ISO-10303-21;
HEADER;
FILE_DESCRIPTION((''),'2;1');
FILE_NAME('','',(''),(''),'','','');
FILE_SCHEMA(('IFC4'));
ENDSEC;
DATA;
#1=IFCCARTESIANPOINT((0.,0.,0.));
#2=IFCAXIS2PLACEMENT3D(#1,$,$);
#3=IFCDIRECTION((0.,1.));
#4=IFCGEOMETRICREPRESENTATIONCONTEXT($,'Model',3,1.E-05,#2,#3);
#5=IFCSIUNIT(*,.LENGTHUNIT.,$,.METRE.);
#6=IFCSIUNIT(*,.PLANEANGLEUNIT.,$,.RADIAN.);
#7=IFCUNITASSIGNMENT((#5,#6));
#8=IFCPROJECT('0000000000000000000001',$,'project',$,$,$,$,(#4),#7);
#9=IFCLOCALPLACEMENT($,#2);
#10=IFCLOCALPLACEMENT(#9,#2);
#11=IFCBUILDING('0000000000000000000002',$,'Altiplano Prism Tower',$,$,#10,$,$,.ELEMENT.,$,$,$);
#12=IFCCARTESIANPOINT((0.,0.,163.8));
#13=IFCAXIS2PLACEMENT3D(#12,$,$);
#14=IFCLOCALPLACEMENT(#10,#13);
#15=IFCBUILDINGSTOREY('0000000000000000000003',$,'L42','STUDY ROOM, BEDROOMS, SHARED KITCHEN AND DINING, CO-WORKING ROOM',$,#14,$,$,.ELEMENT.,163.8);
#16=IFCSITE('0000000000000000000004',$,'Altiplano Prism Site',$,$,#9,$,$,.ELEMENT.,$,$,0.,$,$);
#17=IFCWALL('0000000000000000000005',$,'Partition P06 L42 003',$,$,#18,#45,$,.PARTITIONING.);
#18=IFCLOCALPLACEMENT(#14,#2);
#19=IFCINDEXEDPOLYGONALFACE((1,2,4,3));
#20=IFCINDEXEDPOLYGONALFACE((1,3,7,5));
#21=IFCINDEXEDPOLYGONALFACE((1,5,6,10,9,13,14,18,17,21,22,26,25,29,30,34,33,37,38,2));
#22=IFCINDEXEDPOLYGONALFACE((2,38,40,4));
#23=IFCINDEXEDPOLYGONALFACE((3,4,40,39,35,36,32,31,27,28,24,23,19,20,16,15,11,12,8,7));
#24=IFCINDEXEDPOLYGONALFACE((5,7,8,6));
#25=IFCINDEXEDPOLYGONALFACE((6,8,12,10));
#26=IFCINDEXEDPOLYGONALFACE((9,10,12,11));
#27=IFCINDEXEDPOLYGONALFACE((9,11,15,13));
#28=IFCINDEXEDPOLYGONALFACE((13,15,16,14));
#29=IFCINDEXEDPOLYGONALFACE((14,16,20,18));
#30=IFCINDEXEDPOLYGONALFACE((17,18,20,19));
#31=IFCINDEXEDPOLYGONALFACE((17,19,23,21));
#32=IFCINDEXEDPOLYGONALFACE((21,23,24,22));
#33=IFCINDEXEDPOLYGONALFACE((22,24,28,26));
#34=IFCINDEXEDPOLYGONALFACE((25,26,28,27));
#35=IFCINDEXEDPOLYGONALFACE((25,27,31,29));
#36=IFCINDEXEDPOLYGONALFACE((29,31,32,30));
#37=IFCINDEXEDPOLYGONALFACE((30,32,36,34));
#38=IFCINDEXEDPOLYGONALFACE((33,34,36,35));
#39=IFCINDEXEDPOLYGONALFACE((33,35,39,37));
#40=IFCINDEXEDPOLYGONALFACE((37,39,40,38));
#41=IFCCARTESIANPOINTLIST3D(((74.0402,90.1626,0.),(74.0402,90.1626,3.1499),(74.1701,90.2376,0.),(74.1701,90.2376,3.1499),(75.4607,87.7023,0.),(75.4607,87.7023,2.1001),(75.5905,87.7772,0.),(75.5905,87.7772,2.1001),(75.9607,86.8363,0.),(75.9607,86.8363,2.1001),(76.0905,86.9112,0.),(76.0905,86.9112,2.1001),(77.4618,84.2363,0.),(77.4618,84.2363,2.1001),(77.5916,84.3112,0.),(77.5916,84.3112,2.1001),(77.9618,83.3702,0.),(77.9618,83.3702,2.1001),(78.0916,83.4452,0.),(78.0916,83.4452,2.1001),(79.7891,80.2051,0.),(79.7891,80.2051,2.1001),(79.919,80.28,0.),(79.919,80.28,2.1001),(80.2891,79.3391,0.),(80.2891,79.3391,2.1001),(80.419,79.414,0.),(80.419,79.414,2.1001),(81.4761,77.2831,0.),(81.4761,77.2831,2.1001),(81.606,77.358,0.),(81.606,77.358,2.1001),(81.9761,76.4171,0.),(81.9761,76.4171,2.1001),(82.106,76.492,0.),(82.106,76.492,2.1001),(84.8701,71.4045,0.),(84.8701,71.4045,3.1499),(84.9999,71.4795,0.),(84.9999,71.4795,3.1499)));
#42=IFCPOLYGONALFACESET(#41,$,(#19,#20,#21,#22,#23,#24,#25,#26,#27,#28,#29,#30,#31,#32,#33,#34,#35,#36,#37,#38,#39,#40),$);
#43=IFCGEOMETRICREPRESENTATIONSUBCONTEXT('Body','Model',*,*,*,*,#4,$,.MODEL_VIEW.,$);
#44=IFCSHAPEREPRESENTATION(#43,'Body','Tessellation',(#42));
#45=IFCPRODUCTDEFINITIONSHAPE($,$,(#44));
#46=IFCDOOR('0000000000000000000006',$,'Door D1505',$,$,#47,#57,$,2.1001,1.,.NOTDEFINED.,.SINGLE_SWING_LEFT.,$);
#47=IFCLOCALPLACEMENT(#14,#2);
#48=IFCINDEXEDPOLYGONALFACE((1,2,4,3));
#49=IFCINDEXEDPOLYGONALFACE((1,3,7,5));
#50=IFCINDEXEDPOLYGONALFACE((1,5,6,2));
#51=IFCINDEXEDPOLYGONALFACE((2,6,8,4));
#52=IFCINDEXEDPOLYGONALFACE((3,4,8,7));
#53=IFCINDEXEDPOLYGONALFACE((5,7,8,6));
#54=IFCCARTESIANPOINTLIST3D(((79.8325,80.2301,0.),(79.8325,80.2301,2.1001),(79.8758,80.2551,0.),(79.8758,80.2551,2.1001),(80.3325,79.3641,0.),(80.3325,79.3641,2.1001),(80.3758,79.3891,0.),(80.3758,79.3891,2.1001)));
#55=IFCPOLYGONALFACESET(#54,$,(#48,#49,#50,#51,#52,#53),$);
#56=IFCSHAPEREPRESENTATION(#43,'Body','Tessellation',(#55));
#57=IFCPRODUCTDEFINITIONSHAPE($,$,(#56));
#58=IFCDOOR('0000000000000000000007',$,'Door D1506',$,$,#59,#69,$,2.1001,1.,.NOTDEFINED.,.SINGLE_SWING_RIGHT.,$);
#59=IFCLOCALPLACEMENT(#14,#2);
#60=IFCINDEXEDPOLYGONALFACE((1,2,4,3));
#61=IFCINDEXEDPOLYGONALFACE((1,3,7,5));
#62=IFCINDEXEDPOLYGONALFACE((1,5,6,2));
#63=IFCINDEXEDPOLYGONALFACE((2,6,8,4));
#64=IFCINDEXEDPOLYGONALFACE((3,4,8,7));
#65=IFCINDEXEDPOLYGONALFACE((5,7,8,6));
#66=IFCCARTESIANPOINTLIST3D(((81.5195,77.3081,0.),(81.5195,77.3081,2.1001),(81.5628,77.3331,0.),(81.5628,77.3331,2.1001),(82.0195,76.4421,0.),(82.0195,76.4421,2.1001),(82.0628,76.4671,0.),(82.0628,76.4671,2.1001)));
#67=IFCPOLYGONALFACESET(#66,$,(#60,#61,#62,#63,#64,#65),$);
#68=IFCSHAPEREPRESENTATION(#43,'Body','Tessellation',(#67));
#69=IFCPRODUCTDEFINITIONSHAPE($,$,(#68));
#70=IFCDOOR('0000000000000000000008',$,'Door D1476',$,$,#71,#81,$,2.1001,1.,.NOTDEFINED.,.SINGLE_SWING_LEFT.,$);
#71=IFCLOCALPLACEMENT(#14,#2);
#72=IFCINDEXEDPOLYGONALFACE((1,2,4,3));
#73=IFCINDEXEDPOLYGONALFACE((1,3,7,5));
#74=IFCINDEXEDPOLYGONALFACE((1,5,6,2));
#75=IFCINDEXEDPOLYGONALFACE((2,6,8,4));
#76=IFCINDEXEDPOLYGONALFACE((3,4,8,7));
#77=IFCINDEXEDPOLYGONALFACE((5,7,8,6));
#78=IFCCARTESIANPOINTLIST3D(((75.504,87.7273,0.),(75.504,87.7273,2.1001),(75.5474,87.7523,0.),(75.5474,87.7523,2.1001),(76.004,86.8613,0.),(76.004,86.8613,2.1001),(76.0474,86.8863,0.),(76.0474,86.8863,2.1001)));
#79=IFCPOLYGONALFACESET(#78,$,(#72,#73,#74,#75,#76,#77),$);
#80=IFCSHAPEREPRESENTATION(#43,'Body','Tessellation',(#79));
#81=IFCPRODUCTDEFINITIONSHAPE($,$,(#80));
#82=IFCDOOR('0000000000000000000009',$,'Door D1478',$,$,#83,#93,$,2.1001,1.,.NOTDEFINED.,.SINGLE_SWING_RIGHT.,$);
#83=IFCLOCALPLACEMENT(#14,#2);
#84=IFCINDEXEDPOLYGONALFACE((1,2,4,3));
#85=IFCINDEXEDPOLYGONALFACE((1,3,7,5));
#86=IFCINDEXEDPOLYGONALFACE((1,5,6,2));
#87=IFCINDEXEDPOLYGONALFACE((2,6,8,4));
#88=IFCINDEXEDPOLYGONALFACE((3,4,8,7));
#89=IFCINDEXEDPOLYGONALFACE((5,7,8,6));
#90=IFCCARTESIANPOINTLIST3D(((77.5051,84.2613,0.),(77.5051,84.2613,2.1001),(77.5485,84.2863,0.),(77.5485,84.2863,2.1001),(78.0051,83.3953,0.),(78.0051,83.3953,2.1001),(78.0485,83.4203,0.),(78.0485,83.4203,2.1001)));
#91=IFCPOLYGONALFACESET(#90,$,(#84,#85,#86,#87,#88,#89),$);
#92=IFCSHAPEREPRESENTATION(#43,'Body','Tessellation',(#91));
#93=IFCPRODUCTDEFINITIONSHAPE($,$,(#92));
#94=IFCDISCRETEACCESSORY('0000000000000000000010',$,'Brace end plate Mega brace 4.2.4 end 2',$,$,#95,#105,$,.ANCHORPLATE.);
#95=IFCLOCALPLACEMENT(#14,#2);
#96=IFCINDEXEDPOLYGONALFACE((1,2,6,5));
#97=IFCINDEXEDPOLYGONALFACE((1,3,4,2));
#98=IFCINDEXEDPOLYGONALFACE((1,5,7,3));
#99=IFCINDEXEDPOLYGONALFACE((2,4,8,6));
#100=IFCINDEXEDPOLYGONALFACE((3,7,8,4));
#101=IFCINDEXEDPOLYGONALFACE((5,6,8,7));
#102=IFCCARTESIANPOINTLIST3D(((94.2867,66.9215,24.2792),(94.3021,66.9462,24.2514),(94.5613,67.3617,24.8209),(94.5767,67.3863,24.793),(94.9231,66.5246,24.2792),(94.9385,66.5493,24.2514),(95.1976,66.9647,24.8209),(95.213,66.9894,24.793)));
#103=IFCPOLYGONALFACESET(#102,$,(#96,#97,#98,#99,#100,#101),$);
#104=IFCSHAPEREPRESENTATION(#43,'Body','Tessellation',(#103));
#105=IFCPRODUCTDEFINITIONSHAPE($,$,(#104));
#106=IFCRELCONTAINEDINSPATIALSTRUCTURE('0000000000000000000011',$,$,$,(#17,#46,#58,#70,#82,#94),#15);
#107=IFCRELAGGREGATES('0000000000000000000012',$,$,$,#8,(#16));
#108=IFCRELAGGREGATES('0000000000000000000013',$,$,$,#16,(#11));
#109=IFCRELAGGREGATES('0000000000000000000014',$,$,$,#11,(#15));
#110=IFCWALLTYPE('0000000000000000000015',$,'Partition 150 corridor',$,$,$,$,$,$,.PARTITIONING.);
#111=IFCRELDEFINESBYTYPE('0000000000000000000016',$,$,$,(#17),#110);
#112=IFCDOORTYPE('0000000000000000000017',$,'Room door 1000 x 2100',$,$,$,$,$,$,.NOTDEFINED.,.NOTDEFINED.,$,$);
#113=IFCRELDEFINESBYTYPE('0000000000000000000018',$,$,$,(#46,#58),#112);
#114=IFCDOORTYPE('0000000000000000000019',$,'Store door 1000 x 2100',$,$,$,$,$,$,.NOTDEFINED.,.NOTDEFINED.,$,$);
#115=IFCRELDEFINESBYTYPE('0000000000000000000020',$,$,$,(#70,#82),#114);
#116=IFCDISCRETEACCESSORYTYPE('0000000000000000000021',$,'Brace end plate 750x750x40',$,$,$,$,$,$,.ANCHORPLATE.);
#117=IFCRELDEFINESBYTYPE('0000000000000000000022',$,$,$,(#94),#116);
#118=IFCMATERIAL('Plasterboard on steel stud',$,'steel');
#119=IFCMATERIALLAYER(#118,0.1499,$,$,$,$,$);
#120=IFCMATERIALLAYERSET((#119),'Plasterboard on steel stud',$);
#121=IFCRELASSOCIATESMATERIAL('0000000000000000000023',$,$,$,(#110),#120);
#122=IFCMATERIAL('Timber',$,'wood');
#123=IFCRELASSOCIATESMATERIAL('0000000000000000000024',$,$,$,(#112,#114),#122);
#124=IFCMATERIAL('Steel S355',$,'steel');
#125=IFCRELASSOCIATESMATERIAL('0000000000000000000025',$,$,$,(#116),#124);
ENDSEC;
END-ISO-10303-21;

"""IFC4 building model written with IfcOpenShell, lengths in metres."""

from ifc_helpers import new_model, si_unit, direction, frame, frame_2d, origin, origin_2d, place, context, subcontext, project, spatial, rectangle, extrude, material, layer, layer_set, material_profile, profile_set, type_object, element, fill, save


model = new_model("IFC4")

# Units and contexts
model_context = context("Model", 3, precision=1e-05, world=origin(), true_north=direction((0.0, 1.0)))
body_context = subcontext(model_context, "Body", "Model", "MODEL_VIEW")
ifc_project = project(units=[si_unit("LENGTHUNIT", "METRE"), si_unit("PLANEANGLEUNIT", "RADIAN")], contexts=[model_context])

# Site, building, storey
site_placement = place(None, origin())
site = spatial("IfcSite", under=ifc_project, at=site_placement, Name="Altiplano Prism Site", CompositionType="ELEMENT", RefElevation=0.0)
building_placement = place(site_placement, origin())
building = spatial("IfcBuilding", under=site, at=building_placement, Name="Altiplano Prism Tower", CompositionType="ELEMENT")
storey_placement = place(building_placement, frame((0.0, 0.0, 163.8)))
storey = spatial("IfcBuildingStorey", under=building, at=storey_placement, Name="L42", Description="STUDY ROOM, BEDROOMS, SHARED KITCHEN AND DINING, CO-WORKING ROOM", CompositionType="ELEMENT", Elevation=163.8)

# Shared definitions
ifc_material_1 = material(Name="Plasterboard on steel stud", Category="steel")
ifc_material_2 = material(Name="Timber", Category="wood")

# Wall, openings, doors
ifc_layer_1 = layer(ifc_material_1, 0.1499)
ifc_layer_set_1 = layer_set([ifc_layer_1], Name="Plasterboard on steel stud")
wall_type_1 = type_object("IfcWallType", Name="Partition 150 corridor", PredefinedType="PARTITIONING", material=ifc_layer_set_1)
wall_1_placement = place(storey_placement, frame((84.9351, 71.4419, 0.0), z_axis=(0.0, 0.0, 1.0), x_axis=(-0.499995, 0.866028, 0.0)))
wall_1 = element("IfcWall", 1, at=wall_1_placement, inside=storey, type_object=wall_type_1, Name="Partition P06 L42 003", PredefinedType="PARTITIONING", context=body_context, shape_type="SweptSolid", body=[
    extrude(rectangle(XDim=21.6599, YDim=0.1499, at=frame_2d((10.8301, 0.0))), origin(), (0.0, 0.0, 1.0), 3.1499),
])
opening_1_placement = place(wall_1_placement, frame((17.8191, 0.0, 0.0)))
opening_1 = element("IfcOpeningElement", 2, at=opening_1_placement, cuts=wall_1, PredefinedType="OPENING", context=body_context, shape_type="SweptSolid", body=[
    extrude(rectangle(XDim=1.0, YDim=2.1001, at=frame_2d((0.5, 1.05))), frame((0.0, 0.0854, 0.0), z_axis=(0.0, -1.0, 0.0), x_axis=(1.0, 0.0, 0.0)), (0.0, 0.0, 1.0), 0.1709),
])
opening_2_placement = place(wall_1_placement, frame((13.8169, 0.0, 0.0)))
opening_2 = element("IfcOpeningElement", 3, at=opening_2_placement, cuts=wall_1, PredefinedType="OPENING", context=body_context, shape_type="SweptSolid", body=[
    extrude(rectangle(XDim=1.0, YDim=2.1001, at=frame_2d((0.5, 1.05))), frame((0.0, 0.0854, 0.0), z_axis=(0.0, -1.0, 0.0), x_axis=(1.0, 0.0, 0.0)), (0.0, 0.0, 1.0), 0.1709),
])
opening_3_placement = place(wall_1_placement, frame((9.1621, 0.0, 0.0)))
opening_3 = element("IfcOpeningElement", 4, at=opening_3_placement, cuts=wall_1, PredefinedType="OPENING", context=body_context, shape_type="SweptSolid", body=[
    extrude(rectangle(XDim=1.0, YDim=2.1001, at=frame_2d((0.5, 1.05))), frame((0.0, 0.0854, 0.0), z_axis=(0.0, -1.0, 0.0), x_axis=(1.0, 0.0, 0.0)), (0.0, 0.0, 1.0), 0.1709),
])
opening_4_placement = place(wall_1_placement, frame((5.7881, 0.0, 0.0)))
opening_4 = element("IfcOpeningElement", 5, at=opening_4_placement, cuts=wall_1, PredefinedType="OPENING", context=body_context, shape_type="SweptSolid", body=[
    extrude(rectangle(XDim=1.0, YDim=2.1001, at=frame_2d((0.5, 1.05))), frame((0.0, 0.0854, 0.0), z_axis=(0.0, -1.0, 0.0), x_axis=(1.0, 0.0, 0.0)), (0.0, 0.0, 1.0), 0.1709),
])
door_type_1 = type_object("IfcDoorType", Name="Room door 1000 x 2100", OperationType="NOTDEFINED", PredefinedType="NOTDEFINED", material=ifc_material_2)
door_1_placement = place(opening_3_placement, origin())
door_1 = element("IfcDoor", 6, at=door_1_placement, inside=storey, type_object=door_type_1, Name="Door D1505", OperationType="SINGLE_SWING_LEFT", OverallHeight=2.1001, OverallWidth=1.0, PredefinedType="NOTDEFINED", context=body_context, shape_type="SweptSolid", body=[
    extrude(rectangle(XDim=1.0, YDim=2.1001, at=frame_2d((0.5, 1.05))), frame((0.0, 0.0249, 0.0), z_axis=(0.0, -1.0, 0.0), x_axis=(1.0, 0.0, 0.0)), (0.0, 0.0, 1.0), 0.05),
])
fill(opening_3, door_1)
door_2_placement = place(opening_4_placement, origin())
door_2 = element("IfcDoor", 7, at=door_2_placement, inside=storey, type_object=door_type_1, Name="Door D1506", OperationType="SINGLE_SWING_RIGHT", OverallHeight=2.1001, OverallWidth=1.0, PredefinedType="NOTDEFINED", context=body_context, shape_type="SweptSolid", body=[
    extrude(rectangle(XDim=1.0, YDim=2.1001, at=frame_2d((0.5, 1.05))), frame((0.0, 0.0249, 0.0), z_axis=(0.0, -1.0, 0.0), x_axis=(1.0, 0.0, 0.0)), (0.0, 0.0, 1.0), 0.05),
])
fill(opening_4, door_2)
door_type_2 = type_object("IfcDoorType", Name="Store door 1000 x 2100", OperationType="NOTDEFINED", PredefinedType="NOTDEFINED", material=ifc_material_2)
door_3_placement = place(opening_1_placement, origin())
door_3 = element("IfcDoor", 8, at=door_3_placement, inside=storey, type_object=door_type_2, Name="Door D1476", OperationType="SINGLE_SWING_LEFT", OverallHeight=2.1001, OverallWidth=1.0, PredefinedType="NOTDEFINED", context=body_context, shape_type="SweptSolid", body=[
    extrude(rectangle(XDim=1.0, YDim=2.1001, at=frame_2d((0.5, 1.05))), frame((0.0, 0.0249, 0.0), z_axis=(0.0, -1.0, 0.0), x_axis=(1.0, 0.0, 0.0)), (0.0, 0.0, 1.0), 0.05),
])
fill(opening_1, door_3)
door_4_placement = place(opening_2_placement, origin())
door_4 = element("IfcDoor", 9, at=door_4_placement, inside=storey, type_object=door_type_2, Name="Door D1478", OperationType="SINGLE_SWING_RIGHT", OverallHeight=2.1001, OverallWidth=1.0, PredefinedType="NOTDEFINED", context=body_context, shape_type="SweptSolid", body=[
    extrude(rectangle(XDim=1.0, YDim=2.1001, at=frame_2d((0.5, 1.05))), frame((0.0, 0.0249, 0.0), z_axis=(0.0, -1.0, 0.0), x_axis=(1.0, 0.0, 0.0)), (0.0, 0.0, 1.0), 0.05),
])
fill(opening_2, door_4)

# Discrete accessory
ifc_material_3 = material(Name="Steel S355", Category="steel")
ifc_material_profile_1 = material_profile(ifc_material_3, rectangle(XDim=0.75, YDim=0.75, at=origin_2d()), Name="Brace end plate 750x750x40")
ifc_profile_set_1 = profile_set([ifc_material_profile_1], Name="Steel S355")
discrete_accessory_type = type_object("IfcDiscreteAccessoryType", Name="Brace end plate 750x750x40", PredefinedType="ANCHORPLATE", material=ifc_profile_set_1)
discrete_accessory_placement = place(storey_placement, frame((94.7422, 66.9431, 24.55), z_axis=(0.382233, 0.612786, -0.691659), x_axis=(-0.84847, 0.529244, 0.0)))
element("IfcDiscreteAccessory", 10, at=discrete_accessory_placement, inside=storey, type_object=discrete_accessory_type, Name="Brace end plate Mega brace 4.2.4 end 2", PredefinedType="ANCHORPLATE", context=body_context, shape_type="SweptSolid", body=[
    extrude(rectangle(XDim=0.75, YDim=0.75, at=origin_2d()), origin(), (0.0, 0.0, 1.0), 0.0403),
])

save(model, "model.ifc")
